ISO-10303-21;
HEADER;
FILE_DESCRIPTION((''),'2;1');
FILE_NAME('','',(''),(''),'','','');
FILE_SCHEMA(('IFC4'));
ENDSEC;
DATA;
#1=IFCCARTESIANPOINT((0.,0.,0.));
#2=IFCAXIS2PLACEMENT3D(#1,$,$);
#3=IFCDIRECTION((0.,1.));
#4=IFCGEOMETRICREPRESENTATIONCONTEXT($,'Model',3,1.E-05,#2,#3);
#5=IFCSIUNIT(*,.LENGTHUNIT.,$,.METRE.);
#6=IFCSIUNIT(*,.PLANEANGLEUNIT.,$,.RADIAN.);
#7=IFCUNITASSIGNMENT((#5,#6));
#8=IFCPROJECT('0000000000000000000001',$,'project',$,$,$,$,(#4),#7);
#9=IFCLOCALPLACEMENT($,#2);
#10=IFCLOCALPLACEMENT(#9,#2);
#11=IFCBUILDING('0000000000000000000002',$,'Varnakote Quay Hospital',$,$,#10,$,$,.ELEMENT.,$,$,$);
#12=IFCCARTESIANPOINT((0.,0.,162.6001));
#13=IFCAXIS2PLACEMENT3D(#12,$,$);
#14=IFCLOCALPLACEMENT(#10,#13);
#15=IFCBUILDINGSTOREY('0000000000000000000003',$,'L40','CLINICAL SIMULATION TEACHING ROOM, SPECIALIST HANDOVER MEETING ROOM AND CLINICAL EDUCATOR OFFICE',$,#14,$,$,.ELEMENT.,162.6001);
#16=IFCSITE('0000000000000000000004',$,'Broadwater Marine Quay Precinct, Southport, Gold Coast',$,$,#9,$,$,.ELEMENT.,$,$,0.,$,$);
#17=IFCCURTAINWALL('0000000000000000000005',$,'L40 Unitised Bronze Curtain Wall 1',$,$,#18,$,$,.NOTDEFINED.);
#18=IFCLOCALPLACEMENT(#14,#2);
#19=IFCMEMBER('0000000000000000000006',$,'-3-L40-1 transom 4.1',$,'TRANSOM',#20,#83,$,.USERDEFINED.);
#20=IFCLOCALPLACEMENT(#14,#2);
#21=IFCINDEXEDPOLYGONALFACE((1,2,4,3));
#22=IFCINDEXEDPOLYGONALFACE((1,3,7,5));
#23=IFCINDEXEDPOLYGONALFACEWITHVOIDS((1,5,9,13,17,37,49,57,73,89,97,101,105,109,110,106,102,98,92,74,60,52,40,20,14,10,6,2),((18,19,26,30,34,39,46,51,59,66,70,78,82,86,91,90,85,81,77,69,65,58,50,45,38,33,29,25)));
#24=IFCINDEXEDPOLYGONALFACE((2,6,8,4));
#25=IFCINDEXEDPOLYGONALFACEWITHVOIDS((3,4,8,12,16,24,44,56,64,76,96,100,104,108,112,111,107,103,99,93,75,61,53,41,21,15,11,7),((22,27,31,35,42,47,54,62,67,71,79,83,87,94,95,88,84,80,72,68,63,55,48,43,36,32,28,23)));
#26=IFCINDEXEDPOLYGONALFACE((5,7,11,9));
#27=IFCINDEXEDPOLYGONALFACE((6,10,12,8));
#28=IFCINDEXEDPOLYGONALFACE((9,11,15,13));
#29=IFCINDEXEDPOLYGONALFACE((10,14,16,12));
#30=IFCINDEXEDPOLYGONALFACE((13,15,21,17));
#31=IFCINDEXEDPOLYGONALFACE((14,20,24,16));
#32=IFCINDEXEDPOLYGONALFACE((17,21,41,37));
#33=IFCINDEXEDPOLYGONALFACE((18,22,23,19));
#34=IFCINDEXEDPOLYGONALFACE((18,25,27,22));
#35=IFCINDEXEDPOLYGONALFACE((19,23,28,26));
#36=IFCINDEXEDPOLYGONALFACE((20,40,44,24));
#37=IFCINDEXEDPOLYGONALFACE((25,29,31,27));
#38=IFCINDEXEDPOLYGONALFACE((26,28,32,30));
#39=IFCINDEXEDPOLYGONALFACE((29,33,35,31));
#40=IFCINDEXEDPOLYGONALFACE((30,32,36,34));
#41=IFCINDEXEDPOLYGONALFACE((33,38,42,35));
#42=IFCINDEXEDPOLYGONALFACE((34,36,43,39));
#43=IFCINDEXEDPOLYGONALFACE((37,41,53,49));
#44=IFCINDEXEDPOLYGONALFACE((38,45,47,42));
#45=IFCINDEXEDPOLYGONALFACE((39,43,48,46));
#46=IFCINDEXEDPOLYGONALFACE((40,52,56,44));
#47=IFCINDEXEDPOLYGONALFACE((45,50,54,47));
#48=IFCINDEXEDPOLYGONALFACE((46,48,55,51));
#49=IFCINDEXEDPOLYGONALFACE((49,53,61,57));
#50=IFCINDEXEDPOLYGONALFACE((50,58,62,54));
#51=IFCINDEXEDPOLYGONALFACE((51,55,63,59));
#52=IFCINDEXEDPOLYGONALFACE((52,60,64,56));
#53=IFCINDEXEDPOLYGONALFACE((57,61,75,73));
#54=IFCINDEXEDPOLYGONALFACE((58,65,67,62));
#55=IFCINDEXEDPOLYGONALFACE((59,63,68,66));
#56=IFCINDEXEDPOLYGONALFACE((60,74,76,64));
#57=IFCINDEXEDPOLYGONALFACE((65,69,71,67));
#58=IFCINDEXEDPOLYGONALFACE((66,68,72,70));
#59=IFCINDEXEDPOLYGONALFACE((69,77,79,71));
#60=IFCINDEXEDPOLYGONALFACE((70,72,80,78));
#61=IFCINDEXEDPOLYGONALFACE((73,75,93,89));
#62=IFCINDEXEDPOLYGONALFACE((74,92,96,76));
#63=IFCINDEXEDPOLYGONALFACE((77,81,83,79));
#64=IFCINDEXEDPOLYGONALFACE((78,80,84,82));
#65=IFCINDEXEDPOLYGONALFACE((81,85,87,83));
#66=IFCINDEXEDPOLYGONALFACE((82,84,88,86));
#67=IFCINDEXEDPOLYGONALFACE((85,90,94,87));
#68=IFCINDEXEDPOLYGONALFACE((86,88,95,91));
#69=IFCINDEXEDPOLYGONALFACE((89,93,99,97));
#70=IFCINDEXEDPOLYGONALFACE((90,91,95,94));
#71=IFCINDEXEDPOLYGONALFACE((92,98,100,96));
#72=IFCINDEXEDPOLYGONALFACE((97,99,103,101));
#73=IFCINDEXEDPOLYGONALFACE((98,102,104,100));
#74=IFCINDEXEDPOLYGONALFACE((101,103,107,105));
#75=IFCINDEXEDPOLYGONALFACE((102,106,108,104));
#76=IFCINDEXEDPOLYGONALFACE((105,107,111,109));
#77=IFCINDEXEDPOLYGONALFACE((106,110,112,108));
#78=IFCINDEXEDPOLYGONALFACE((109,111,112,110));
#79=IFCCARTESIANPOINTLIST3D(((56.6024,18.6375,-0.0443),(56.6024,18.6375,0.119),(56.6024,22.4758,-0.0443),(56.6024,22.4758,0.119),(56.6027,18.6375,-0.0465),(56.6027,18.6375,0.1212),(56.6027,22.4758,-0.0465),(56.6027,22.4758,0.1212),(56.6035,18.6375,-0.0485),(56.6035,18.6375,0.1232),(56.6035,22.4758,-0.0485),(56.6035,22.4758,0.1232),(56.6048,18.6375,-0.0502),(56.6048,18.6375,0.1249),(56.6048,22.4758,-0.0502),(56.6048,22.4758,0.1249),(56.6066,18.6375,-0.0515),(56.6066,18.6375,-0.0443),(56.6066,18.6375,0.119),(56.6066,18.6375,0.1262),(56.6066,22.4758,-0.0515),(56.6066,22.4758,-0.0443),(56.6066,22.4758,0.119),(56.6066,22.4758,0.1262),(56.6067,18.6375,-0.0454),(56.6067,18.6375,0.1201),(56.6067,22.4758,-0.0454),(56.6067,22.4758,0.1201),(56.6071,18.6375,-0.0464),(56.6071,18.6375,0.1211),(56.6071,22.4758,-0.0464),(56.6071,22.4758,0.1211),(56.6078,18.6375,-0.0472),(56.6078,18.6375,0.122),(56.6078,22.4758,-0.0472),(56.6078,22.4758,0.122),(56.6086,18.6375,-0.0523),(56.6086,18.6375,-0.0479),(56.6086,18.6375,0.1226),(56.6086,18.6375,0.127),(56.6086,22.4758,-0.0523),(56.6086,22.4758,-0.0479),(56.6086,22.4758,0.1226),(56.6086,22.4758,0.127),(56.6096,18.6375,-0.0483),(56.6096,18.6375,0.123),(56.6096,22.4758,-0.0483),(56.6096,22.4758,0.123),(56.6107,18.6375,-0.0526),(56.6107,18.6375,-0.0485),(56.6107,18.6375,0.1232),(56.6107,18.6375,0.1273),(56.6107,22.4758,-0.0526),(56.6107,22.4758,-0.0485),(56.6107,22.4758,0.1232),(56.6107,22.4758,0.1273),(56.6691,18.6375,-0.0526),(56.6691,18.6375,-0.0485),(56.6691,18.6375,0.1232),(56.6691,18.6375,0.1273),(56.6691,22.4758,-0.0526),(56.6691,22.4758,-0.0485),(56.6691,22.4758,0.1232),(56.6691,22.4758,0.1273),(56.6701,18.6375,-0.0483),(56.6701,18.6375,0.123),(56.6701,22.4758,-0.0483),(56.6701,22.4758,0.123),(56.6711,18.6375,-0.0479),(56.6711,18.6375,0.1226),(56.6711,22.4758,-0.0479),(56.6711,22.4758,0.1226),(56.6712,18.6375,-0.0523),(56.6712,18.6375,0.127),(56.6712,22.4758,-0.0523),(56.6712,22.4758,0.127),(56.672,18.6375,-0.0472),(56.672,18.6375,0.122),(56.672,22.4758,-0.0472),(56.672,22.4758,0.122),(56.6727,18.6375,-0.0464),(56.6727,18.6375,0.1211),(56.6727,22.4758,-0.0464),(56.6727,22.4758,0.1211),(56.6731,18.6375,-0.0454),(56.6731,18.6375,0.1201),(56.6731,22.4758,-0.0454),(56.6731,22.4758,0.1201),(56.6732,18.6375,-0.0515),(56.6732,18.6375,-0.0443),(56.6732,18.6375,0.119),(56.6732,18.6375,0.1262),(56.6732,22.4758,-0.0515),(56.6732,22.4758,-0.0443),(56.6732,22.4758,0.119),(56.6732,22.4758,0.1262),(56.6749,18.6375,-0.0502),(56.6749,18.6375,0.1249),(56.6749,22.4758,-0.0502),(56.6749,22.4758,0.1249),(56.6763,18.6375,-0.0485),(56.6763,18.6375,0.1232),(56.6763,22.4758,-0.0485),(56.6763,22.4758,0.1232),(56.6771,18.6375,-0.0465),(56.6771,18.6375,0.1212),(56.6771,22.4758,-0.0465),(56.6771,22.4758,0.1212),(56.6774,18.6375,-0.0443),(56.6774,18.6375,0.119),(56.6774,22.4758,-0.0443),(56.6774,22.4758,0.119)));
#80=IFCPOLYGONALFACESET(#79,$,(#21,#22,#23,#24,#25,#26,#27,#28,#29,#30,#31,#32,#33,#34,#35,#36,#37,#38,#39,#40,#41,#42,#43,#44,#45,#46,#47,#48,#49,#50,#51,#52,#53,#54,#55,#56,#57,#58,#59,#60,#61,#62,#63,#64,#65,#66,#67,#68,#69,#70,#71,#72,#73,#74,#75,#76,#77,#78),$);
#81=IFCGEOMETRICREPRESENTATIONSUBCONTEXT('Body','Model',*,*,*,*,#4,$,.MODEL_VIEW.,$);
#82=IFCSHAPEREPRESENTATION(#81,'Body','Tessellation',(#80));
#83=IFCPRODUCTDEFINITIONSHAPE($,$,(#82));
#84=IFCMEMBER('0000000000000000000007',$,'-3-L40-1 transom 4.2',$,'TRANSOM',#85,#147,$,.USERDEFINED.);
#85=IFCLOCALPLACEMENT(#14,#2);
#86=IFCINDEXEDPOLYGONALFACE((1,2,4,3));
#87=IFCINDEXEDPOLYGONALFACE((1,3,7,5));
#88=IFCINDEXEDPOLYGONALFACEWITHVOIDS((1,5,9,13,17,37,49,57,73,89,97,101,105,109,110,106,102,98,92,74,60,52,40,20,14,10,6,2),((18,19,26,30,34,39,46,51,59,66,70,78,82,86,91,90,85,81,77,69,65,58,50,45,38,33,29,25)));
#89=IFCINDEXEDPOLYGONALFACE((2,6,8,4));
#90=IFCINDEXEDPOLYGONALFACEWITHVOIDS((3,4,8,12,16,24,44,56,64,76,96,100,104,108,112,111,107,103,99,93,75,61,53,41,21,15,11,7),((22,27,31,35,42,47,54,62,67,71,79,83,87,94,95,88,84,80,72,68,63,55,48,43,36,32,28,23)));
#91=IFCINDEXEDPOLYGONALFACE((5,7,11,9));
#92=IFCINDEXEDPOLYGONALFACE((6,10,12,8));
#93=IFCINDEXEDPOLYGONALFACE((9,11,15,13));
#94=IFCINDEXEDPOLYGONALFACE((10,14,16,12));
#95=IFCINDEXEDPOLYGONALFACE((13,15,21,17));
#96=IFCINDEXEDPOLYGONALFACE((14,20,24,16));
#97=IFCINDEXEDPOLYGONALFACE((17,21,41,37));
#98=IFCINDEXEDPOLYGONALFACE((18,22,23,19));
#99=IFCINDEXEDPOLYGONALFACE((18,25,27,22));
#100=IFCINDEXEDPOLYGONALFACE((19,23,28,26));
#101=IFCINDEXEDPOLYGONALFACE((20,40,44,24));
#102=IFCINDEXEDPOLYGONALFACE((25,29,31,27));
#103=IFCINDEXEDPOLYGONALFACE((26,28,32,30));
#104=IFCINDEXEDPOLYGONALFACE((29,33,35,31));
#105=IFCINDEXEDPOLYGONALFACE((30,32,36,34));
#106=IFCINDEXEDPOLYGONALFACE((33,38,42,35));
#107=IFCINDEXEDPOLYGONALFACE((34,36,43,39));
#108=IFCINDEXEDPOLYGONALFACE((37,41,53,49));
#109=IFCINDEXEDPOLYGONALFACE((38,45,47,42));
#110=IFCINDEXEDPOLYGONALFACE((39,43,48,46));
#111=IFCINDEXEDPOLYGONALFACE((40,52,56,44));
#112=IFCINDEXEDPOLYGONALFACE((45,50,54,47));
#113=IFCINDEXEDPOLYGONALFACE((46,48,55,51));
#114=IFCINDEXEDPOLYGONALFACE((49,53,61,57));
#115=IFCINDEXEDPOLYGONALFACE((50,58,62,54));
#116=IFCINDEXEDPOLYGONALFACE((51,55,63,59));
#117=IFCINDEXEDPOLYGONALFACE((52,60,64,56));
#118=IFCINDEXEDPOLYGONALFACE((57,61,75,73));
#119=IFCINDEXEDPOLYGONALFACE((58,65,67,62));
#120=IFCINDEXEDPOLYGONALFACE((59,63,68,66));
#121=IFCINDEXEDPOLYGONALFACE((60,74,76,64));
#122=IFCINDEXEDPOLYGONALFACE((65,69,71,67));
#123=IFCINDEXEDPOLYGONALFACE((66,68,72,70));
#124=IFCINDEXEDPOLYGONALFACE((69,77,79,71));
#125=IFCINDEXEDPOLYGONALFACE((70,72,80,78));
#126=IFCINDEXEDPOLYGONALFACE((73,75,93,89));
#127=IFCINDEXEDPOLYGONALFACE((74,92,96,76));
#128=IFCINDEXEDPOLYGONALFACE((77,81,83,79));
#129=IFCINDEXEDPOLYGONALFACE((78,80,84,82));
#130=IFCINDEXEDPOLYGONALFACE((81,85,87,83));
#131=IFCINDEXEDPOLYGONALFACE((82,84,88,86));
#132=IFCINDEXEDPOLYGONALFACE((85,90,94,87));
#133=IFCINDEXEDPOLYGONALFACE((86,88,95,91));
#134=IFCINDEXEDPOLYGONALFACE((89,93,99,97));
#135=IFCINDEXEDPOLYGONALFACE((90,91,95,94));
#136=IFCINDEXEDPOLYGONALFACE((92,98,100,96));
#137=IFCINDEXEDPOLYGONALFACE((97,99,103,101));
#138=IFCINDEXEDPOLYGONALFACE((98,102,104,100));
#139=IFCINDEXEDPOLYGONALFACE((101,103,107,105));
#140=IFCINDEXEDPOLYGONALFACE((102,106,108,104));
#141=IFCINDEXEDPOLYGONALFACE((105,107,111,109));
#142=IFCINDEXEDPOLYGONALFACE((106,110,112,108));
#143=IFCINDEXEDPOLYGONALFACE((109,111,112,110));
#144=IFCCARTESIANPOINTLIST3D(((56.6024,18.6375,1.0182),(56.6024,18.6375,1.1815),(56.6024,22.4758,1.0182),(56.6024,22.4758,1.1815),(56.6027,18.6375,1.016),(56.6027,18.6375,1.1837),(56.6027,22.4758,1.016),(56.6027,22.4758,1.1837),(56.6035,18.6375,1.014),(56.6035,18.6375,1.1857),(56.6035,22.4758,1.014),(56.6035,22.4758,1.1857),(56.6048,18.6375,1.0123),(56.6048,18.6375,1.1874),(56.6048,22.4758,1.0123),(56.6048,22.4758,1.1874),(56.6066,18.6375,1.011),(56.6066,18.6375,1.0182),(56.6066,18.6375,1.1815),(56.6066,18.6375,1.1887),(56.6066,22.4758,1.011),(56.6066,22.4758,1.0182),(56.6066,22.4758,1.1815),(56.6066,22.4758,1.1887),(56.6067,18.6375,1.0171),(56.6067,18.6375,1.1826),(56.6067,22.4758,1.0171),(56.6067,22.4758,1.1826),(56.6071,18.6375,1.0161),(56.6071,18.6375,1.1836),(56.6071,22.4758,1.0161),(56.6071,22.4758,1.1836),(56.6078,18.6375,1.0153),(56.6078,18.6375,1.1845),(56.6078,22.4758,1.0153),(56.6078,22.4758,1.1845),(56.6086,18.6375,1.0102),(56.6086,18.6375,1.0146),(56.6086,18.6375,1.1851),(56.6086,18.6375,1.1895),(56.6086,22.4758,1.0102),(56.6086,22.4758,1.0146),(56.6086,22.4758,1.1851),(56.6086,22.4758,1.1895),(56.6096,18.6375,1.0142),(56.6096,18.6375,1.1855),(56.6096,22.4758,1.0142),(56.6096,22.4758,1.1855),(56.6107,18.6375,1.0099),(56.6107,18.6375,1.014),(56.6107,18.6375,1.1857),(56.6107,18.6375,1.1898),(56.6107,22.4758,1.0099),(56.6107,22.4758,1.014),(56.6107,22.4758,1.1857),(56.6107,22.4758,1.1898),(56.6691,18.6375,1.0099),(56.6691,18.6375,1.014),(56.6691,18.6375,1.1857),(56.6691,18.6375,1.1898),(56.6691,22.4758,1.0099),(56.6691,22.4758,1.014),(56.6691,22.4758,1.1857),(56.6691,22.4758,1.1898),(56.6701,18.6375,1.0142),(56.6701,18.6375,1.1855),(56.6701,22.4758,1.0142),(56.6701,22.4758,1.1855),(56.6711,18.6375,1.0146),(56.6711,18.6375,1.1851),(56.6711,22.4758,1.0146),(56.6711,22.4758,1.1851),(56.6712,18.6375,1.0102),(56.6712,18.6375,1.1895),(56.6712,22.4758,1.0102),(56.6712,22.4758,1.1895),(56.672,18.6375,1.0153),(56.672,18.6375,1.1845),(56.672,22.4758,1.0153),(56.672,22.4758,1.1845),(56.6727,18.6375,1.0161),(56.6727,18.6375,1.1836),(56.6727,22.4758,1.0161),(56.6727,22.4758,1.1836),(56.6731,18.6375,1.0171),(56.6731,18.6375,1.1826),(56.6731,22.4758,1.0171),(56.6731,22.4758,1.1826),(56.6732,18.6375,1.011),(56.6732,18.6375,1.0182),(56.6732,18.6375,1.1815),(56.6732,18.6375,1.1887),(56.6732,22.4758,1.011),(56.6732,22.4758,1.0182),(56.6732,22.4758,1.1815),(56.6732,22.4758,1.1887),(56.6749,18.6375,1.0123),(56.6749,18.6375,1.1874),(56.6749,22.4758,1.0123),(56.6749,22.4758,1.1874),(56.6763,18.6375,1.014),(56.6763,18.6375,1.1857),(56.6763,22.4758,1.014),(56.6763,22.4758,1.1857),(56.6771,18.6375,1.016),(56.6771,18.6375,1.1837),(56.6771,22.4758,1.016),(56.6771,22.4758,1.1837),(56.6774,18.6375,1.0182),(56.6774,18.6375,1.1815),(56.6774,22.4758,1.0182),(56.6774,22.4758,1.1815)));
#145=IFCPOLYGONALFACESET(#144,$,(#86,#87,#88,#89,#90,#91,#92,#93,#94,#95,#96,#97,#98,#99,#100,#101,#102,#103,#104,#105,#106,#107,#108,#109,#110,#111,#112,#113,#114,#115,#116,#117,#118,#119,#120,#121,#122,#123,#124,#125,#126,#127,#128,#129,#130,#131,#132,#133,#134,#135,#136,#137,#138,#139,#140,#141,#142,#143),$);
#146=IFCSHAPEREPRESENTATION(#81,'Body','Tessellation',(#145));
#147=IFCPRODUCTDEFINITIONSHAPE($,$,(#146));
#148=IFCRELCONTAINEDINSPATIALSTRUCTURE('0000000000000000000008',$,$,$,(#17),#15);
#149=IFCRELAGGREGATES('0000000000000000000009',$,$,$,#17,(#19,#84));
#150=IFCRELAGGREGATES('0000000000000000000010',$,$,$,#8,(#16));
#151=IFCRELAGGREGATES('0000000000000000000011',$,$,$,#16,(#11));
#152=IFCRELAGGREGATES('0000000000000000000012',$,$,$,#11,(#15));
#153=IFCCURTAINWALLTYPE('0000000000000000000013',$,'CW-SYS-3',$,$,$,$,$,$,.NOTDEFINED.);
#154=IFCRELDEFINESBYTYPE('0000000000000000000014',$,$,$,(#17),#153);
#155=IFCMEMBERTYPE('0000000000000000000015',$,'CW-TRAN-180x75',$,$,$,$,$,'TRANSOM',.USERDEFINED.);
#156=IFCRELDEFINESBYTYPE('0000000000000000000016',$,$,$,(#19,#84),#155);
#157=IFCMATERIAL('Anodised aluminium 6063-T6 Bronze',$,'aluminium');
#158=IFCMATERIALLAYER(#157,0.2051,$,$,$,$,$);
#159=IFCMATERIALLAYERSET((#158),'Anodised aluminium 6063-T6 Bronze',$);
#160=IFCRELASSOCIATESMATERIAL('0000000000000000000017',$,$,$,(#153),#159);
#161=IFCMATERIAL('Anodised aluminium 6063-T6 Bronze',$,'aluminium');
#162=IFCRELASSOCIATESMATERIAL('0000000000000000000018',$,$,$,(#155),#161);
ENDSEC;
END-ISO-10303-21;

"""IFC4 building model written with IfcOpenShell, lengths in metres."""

from ifc_helpers import new_model, si_unit, direction, frame, origin, origin_2d, place, context, subcontext, project, spatial, hollow_rectangle, extrude, material, layer, layer_set, material_profile, profile_set, type_object, element, aggregate, save


model = new_model("IFC4")

# Units and contexts
model_context = context("Model", 3, precision=1e-05, world=origin(), true_north=direction((0.0, 1.0)))
body_context = subcontext(model_context, "Body", "Model", "MODEL_VIEW")
ifc_project = project(units=[si_unit("LENGTHUNIT", "METRE"), si_unit("PLANEANGLEUNIT", "RADIAN")], contexts=[model_context])

# Site, building, storey
site_placement = place(None, origin())
site = spatial("IfcSite", under=ifc_project, at=site_placement, Name="Broadwater Marine Quay Precinct, Southport, Gold Coast", CompositionType="ELEMENT", RefElevation=0.0)
building_placement = place(site_placement, origin())
building = spatial("IfcBuilding", under=site, at=building_placement, Name="Varnakote Quay Hospital", CompositionType="ELEMENT")
storey_placement = place(building_placement, frame((0.0, 0.0, 162.6001)))
storey = spatial("IfcBuildingStorey", under=building, at=storey_placement, Name="L40", Description="CLINICAL SIMULATION TEACHING ROOM, SPECIALIST HANDOVER MEETING ROOM AND CLINICAL EDUCATOR OFFICE", CompositionType="ELEMENT", Elevation=162.6001)

# Curtain wall, members
ifc_material_1 = material(Name="Anodised aluminium 6063-T6 Bronze", Category="aluminium")
ifc_layer_1 = layer(ifc_material_1, 0.2051)
ifc_layer_set_1 = layer_set([ifc_layer_1], Name="Anodised aluminium 6063-T6 Bronze")
curtain_wall_type = type_object("IfcCurtainWallType", Name="CW-SYS-3", PredefinedType="NOTDEFINED", material=ifc_layer_set_1)
curtain_wall_placement = place(storey_placement, origin())
curtain_wall = element("IfcCurtainWall", 1, at=curtain_wall_placement, inside=storey, type_object=curtain_wall_type, Name="L40 Unitised Bronze Curtain Wall 1", PredefinedType="NOTDEFINED")
ifc_material_2 = material(Name="Anodised aluminium 6063-T6 Bronze", Category="aluminium")
ifc_material_profile_1 = material_profile(ifc_material_2, hollow_rectangle(XDim=0.075, YDim=0.1799, WallThickness=0.0042, InnerFilletRadius=0.0042, OuterFilletRadius=0.0083, at=origin_2d()), Name="CW-TRAN-180x75")
ifc_profile_set_1 = profile_set([ifc_material_profile_1], Name="Anodised aluminium 6063-T6 Bronze")
member_type_1 = type_object("IfcMemberType", Name="CW-TRAN-180x75", ElementType="TRANSOM", PredefinedType="USERDEFINED", material=ifc_profile_set_1)
member_1_placement = place(storey_placement, frame((56.6399, 18.6375, 0.0374), z_axis=(0.0, 1.0, 0.0), x_axis=(-1.0, 0.0, 0.0)))
member_1 = element("IfcMember", 2, at=member_1_placement, type_object=member_type_1, Name="-3-L40-1 transom 4.1", ObjectType="TRANSOM", PredefinedType="USERDEFINED", context=body_context, shape_type="SweptSolid", body=[
    extrude(hollow_rectangle(XDim=0.075, YDim=0.1799, WallThickness=0.0042, InnerFilletRadius=0.0042, OuterFilletRadius=0.0083, at=origin_2d()), origin(), (0.0, 0.0, 1.0), 3.8384),
])
member_2_placement = place(storey_placement, frame((56.6399, 18.6375, 1.0999), z_axis=(0.0, 1.0, 0.0), x_axis=(-1.0, 0.0, 0.0)))
member_2 = element("IfcMember", 3, at=member_2_placement, type_object=member_type_1, Name="-3-L40-1 transom 4.2", ObjectType="TRANSOM", PredefinedType="USERDEFINED", context=body_context, shape_type="SweptSolid", body=[
    extrude(hollow_rectangle(XDim=0.075, YDim=0.1799, WallThickness=0.0042, InnerFilletRadius=0.0042, OuterFilletRadius=0.0083, at=origin_2d()), origin(), (0.0, 0.0, 1.0), 3.8384),
])
aggregate(curtain_wall, [member_1, member_2])

save(model, "model.ifc")
